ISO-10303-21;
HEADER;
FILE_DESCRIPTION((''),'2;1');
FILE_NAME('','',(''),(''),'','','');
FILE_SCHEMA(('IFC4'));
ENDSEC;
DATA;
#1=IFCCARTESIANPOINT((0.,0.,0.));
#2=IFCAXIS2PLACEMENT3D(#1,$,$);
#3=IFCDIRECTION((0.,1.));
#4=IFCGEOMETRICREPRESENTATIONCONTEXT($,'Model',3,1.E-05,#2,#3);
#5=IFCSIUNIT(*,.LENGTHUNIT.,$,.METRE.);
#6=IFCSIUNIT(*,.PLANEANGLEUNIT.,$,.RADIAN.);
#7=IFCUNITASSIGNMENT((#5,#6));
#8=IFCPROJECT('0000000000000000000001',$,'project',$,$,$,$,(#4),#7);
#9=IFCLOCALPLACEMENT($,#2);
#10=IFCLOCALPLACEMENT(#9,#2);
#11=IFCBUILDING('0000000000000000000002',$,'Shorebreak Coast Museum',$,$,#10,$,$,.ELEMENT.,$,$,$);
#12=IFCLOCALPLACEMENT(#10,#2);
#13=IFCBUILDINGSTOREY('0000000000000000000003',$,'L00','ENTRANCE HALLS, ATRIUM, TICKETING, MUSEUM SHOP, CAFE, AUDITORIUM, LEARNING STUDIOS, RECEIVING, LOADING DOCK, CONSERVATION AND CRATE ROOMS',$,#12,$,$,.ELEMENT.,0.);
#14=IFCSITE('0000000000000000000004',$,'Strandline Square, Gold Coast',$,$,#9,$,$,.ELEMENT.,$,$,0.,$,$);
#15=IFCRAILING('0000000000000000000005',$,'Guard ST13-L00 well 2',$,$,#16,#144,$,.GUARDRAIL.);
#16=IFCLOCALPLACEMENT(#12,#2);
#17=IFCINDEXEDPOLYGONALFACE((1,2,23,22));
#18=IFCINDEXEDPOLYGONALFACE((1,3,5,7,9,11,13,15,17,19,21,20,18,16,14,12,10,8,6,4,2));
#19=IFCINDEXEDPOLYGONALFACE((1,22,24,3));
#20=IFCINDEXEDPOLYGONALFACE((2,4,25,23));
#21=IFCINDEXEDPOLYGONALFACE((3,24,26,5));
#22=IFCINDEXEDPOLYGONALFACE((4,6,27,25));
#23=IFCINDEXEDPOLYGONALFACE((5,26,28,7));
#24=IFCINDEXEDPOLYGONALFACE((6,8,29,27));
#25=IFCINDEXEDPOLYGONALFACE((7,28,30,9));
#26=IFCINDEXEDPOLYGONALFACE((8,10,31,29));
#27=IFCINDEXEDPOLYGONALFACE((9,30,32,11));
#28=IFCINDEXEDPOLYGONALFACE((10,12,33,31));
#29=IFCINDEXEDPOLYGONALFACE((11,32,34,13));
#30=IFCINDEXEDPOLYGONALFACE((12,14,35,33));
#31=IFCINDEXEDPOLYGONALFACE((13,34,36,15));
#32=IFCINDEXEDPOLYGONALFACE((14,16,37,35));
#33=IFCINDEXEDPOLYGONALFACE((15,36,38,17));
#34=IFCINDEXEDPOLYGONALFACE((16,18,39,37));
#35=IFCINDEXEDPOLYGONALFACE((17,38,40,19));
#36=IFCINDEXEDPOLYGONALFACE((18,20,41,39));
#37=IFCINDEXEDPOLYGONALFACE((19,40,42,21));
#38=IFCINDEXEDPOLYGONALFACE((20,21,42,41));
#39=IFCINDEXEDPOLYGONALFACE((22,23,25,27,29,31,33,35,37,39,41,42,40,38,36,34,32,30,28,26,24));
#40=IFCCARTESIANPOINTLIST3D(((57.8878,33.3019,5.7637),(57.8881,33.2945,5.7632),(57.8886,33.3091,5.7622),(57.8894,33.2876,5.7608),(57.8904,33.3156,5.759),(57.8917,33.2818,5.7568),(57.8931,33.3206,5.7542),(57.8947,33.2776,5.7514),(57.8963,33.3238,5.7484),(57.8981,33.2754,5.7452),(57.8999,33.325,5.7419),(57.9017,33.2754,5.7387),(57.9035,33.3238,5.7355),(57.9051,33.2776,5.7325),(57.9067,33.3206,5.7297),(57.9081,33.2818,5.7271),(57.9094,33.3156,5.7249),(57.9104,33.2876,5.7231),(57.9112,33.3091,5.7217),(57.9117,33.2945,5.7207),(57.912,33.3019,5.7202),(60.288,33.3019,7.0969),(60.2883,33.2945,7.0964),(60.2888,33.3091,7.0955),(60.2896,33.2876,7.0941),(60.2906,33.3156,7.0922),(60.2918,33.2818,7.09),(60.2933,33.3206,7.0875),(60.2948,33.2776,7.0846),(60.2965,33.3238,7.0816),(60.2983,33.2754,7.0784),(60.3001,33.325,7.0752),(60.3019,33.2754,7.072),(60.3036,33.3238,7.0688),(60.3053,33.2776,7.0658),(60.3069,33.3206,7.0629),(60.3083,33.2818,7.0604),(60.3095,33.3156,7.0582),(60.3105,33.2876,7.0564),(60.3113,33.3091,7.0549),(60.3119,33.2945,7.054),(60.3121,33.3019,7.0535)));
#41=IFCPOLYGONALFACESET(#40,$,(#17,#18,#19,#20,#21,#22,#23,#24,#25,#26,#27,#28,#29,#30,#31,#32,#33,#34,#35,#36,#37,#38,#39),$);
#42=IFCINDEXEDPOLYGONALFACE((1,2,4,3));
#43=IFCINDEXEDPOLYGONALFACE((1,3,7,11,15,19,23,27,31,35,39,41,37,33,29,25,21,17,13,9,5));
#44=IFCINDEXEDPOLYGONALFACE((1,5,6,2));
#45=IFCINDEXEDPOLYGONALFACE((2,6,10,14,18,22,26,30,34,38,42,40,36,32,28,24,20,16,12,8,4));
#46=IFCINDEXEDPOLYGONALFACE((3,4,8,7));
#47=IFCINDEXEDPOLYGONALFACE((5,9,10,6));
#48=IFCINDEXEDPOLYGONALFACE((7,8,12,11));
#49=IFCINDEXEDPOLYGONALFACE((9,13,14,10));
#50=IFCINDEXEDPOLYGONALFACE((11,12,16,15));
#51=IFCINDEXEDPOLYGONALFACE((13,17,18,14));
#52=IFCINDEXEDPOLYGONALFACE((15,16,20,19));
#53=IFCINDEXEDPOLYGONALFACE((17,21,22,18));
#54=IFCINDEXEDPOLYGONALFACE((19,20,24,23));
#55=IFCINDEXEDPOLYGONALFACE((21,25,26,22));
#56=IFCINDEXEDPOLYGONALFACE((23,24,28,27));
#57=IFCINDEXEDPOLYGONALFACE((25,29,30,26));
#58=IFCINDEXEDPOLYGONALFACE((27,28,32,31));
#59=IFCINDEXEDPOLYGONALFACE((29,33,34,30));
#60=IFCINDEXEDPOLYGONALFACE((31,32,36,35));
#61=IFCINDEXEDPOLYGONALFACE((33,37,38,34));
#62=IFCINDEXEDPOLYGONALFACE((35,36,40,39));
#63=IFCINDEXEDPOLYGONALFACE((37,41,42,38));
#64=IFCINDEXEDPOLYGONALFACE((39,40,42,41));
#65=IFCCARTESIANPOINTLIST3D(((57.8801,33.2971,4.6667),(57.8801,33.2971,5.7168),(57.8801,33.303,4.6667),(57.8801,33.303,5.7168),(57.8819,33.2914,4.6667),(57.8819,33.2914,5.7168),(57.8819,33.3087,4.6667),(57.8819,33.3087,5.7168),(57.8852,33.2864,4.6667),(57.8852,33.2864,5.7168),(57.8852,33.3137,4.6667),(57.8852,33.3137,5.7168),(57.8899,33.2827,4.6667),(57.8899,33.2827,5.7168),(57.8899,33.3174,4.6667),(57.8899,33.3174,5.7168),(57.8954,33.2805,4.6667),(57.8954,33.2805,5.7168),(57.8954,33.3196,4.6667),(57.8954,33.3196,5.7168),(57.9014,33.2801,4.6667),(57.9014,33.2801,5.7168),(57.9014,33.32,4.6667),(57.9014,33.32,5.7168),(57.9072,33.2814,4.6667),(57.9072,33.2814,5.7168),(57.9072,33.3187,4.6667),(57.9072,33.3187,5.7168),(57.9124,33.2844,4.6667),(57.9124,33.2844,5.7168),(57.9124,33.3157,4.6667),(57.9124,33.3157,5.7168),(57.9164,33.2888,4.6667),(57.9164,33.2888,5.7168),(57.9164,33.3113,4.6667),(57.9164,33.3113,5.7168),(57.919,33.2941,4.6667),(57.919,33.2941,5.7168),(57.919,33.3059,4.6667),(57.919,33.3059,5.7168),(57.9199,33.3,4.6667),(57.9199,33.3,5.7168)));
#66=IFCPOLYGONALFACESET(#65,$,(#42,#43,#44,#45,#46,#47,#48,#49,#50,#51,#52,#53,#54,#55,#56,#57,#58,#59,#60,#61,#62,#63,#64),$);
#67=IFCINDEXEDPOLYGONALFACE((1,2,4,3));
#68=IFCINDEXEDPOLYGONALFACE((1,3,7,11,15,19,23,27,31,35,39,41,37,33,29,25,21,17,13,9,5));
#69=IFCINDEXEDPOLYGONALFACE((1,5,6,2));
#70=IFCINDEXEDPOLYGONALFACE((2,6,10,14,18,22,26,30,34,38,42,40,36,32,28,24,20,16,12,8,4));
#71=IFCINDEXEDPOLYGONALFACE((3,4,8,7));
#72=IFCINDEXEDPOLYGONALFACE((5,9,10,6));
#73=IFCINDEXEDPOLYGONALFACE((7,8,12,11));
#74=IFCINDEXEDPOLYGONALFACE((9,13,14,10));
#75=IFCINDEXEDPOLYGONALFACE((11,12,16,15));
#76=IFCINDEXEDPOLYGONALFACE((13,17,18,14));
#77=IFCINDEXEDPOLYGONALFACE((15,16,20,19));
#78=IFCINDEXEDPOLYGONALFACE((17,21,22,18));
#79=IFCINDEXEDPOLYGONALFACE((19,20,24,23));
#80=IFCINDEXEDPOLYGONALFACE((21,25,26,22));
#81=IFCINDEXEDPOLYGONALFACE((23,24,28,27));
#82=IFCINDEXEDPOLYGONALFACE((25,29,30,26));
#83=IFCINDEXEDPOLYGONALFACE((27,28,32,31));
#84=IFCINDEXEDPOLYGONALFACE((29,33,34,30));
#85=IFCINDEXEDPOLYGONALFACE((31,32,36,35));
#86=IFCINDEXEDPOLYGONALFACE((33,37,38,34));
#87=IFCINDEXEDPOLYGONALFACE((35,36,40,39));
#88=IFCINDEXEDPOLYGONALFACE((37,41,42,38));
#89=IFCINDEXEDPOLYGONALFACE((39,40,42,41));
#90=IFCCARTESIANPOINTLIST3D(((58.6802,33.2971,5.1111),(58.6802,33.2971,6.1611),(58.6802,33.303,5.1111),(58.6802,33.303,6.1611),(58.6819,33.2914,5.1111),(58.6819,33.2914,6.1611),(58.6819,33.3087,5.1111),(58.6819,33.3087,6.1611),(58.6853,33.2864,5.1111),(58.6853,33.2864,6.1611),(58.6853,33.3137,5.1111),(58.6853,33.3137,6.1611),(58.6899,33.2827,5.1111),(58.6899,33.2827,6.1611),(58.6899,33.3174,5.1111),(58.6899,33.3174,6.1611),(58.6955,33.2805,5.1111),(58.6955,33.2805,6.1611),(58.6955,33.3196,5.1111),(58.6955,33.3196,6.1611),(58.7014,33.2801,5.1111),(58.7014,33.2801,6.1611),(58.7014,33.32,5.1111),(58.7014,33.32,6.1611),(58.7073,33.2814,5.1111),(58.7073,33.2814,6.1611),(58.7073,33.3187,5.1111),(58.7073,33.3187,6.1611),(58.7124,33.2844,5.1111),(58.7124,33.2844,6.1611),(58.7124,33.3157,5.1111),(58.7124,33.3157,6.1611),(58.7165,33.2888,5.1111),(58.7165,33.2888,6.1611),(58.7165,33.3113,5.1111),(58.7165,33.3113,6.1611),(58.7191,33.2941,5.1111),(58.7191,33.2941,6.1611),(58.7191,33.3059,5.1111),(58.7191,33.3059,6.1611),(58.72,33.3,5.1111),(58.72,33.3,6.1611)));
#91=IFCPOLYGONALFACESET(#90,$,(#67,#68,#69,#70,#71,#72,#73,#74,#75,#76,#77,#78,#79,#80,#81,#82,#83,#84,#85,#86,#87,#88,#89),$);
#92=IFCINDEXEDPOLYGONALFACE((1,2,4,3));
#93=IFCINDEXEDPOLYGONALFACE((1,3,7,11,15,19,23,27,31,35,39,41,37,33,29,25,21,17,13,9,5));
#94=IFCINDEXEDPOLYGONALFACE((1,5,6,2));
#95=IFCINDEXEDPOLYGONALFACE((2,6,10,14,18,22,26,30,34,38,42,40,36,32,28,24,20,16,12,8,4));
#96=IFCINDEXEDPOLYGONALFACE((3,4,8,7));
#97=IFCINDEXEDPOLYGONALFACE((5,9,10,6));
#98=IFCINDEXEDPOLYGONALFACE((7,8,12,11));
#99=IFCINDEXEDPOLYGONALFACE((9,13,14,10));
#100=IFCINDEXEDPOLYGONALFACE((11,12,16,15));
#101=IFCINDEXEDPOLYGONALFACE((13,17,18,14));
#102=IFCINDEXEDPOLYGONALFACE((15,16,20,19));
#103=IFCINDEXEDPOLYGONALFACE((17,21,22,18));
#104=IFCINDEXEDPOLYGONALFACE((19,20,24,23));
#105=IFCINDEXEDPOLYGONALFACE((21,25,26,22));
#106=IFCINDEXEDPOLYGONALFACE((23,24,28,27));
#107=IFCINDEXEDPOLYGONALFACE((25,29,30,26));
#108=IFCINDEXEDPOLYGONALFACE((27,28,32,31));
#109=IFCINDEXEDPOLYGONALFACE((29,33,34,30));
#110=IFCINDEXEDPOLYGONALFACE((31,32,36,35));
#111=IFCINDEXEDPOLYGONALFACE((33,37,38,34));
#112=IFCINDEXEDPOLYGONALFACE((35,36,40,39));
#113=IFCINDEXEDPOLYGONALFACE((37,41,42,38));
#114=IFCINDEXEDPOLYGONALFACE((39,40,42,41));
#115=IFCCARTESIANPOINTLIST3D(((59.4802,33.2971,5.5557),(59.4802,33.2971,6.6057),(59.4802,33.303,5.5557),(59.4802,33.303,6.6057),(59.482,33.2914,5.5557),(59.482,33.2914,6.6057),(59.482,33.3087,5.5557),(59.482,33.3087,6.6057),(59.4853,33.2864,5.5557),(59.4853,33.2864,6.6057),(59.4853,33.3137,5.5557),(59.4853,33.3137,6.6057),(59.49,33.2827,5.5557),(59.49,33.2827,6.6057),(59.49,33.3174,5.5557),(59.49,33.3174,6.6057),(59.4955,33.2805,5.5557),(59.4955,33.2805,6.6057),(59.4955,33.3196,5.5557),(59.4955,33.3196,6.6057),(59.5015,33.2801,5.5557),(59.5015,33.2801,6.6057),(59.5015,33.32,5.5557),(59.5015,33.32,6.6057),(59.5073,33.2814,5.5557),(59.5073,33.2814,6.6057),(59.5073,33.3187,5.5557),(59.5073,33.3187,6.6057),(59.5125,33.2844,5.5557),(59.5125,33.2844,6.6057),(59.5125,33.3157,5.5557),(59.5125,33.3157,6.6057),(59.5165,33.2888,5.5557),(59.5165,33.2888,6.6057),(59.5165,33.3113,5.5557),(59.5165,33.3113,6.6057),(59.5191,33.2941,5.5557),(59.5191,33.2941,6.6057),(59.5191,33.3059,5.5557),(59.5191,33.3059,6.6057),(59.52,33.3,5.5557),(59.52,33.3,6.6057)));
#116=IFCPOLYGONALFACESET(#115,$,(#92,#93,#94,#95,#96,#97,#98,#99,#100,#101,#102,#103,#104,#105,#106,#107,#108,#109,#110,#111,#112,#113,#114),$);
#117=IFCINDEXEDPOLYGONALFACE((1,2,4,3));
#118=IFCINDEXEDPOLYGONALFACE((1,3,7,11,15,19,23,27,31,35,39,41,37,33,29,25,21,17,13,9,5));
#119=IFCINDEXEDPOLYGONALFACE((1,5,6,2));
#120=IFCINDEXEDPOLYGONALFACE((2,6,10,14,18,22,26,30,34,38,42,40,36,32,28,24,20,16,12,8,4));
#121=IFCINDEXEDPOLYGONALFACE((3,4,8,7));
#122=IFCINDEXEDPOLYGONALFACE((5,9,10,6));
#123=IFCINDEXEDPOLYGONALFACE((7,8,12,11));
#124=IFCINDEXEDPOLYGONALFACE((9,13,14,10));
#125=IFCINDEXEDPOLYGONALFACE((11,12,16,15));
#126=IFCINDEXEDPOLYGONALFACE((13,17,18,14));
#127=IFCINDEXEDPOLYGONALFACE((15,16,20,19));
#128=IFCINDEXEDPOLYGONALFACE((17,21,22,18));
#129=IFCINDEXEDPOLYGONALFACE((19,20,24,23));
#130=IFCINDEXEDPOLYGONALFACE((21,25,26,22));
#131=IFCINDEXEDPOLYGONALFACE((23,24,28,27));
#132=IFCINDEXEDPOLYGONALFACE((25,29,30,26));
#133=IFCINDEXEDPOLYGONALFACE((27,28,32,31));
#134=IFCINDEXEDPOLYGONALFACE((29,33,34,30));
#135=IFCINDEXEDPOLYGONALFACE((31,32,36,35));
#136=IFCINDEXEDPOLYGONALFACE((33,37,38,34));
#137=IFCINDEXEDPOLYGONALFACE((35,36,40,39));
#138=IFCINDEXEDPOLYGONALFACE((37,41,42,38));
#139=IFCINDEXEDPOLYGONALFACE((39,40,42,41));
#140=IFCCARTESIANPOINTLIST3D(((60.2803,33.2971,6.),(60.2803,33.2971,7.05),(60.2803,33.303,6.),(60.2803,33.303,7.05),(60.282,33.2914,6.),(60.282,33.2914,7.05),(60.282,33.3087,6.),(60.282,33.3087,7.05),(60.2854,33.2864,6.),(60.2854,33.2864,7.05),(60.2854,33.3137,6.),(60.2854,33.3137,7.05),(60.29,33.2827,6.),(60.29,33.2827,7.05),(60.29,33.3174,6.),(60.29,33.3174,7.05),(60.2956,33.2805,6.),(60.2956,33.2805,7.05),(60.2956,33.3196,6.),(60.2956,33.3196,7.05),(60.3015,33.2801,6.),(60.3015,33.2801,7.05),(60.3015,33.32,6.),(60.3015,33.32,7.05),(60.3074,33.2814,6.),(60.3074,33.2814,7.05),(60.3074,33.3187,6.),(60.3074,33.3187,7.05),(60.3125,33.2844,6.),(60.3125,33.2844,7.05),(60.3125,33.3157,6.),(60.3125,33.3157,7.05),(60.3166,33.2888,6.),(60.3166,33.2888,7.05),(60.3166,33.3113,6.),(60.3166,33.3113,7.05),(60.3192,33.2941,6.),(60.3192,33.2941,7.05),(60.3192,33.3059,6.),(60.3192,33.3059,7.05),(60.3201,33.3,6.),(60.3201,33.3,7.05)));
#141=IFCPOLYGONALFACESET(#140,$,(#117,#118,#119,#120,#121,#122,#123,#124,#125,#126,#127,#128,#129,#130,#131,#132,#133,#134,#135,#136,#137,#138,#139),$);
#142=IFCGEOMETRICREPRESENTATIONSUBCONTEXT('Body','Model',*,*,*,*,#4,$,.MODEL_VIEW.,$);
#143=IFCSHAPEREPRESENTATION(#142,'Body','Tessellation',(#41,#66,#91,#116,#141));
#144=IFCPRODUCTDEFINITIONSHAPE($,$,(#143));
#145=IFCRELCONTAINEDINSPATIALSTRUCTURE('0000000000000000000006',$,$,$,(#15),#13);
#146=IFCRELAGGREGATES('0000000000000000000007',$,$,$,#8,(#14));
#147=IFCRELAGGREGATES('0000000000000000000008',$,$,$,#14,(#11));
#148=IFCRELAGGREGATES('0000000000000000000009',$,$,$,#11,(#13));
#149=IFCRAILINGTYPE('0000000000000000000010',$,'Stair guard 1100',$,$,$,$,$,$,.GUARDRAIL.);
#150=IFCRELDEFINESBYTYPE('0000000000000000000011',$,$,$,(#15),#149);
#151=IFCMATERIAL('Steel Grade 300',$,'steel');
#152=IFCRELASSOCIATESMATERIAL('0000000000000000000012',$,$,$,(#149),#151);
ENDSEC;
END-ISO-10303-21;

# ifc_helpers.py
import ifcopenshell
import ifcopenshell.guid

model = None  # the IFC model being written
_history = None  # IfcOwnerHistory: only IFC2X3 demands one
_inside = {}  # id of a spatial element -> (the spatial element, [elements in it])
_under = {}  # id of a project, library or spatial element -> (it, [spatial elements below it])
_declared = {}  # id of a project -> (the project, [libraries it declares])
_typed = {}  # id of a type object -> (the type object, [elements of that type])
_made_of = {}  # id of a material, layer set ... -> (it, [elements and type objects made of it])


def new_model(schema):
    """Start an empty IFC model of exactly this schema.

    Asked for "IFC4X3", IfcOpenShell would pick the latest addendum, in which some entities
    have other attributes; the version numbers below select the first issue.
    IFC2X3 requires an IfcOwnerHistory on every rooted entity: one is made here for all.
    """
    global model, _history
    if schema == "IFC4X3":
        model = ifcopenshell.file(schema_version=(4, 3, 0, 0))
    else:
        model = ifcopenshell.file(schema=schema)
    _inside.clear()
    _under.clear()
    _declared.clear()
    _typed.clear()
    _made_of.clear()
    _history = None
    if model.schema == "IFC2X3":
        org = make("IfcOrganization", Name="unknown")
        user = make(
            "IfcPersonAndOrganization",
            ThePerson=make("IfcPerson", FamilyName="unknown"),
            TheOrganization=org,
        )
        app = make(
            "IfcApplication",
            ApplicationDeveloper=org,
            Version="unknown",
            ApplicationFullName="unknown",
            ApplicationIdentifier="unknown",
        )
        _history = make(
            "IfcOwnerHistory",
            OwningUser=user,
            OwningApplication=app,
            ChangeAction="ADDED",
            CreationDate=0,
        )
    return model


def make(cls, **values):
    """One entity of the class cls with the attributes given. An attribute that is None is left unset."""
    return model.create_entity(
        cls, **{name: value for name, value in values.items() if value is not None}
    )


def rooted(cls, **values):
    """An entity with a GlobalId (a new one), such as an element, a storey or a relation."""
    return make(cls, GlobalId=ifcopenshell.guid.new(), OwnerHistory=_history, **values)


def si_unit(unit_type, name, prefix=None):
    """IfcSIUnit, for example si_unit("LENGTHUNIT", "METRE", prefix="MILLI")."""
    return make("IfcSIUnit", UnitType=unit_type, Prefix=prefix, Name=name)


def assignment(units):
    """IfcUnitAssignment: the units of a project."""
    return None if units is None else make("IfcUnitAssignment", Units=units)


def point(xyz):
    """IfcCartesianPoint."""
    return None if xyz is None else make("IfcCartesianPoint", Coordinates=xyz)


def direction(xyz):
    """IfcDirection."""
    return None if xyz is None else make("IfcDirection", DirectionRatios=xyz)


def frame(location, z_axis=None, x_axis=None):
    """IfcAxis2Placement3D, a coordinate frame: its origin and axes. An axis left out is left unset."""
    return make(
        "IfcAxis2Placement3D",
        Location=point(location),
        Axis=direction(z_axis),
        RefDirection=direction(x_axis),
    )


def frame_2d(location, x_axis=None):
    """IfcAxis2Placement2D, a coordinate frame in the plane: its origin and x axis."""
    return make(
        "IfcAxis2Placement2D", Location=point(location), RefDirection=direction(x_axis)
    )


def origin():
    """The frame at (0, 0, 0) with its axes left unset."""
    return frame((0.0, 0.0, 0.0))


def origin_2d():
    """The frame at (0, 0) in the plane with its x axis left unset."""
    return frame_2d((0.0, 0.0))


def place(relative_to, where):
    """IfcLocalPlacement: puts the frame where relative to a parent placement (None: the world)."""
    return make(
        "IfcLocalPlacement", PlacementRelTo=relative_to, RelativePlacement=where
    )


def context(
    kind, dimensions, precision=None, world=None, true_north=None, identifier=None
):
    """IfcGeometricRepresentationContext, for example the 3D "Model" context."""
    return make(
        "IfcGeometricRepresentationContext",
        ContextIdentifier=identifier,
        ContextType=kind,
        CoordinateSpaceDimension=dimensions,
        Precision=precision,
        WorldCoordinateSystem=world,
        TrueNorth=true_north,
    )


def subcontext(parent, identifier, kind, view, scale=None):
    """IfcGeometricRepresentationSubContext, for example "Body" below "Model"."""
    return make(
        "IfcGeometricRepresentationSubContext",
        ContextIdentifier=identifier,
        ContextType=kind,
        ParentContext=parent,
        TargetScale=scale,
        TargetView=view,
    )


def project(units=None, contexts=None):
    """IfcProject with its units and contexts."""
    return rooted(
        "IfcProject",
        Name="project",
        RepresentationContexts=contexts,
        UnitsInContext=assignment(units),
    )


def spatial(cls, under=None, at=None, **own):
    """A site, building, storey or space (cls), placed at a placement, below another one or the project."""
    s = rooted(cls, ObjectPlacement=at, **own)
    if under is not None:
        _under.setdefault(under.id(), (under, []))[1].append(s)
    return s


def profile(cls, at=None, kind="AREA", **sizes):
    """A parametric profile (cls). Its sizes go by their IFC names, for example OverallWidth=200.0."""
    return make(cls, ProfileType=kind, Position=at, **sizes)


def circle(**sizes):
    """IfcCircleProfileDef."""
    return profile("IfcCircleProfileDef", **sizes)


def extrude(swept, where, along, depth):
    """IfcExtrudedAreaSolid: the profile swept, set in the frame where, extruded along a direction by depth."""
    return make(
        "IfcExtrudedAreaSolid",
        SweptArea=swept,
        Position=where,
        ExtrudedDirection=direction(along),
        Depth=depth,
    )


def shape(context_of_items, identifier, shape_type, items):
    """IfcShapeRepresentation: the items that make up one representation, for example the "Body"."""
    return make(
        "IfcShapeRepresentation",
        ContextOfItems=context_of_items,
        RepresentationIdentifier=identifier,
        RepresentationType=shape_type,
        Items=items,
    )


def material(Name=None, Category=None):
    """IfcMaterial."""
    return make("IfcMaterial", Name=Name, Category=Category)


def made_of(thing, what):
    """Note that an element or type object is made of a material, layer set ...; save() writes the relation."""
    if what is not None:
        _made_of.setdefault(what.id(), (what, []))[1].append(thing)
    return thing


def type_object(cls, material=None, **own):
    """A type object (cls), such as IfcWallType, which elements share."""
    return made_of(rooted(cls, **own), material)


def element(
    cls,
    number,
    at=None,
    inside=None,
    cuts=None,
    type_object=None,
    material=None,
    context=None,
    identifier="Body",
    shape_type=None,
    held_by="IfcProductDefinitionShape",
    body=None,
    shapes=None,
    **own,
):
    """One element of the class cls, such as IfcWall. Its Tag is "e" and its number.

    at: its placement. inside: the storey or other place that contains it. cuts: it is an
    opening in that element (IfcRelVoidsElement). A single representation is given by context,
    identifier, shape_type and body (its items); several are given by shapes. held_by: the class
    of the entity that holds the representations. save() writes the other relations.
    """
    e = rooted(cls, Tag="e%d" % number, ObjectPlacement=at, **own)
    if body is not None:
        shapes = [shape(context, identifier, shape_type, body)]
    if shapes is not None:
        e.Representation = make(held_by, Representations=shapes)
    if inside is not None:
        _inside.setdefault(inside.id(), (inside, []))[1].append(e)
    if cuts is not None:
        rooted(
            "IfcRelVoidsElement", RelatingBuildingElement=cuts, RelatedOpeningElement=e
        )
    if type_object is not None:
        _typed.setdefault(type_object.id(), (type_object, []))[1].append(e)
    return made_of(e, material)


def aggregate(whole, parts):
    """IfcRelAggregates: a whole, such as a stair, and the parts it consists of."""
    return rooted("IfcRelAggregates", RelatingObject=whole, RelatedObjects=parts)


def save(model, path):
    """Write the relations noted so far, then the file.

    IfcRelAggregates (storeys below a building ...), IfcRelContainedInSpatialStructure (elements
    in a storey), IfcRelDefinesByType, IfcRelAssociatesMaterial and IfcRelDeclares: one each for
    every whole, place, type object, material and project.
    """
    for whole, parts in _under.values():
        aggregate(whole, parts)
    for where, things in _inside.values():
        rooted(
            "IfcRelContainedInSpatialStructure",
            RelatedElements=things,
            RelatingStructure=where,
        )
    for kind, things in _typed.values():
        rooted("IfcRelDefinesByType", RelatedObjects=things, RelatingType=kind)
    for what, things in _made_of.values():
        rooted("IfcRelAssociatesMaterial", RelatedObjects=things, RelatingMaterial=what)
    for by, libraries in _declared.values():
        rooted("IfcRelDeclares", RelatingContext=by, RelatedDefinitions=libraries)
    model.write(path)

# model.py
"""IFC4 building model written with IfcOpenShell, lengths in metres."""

from ifc_helpers import new_model, si_unit, direction, frame, origin, origin_2d, place, context, subcontext, project, spatial, circle, extrude, material, type_object, element, save


model = new_model("IFC4")

# Units and contexts
model_context = context("Model", 3, precision=1e-05, world=origin(), true_north=direction((0.0, 1.0)))
body_context = subcontext(model_context, "Body", "Model", "MODEL_VIEW")
ifc_project = project(units=[si_unit("LENGTHUNIT", "METRE"), si_unit("PLANEANGLEUNIT", "RADIAN")], contexts=[model_context])

# Site, building, storey
site_placement = place(None, origin())
site = spatial("IfcSite", under=ifc_project, at=site_placement, Name="Strandline Square, Gold Coast", CompositionType="ELEMENT", RefElevation=0.0)
building_placement = place(site_placement, origin())
building = spatial("IfcBuilding", under=site, at=building_placement, Name="Shorebreak Coast Museum", CompositionType="ELEMENT")
storey_placement = place(building_placement, origin())
storey = spatial("IfcBuildingStorey", under=building, at=storey_placement, Name="L00", Description="ENTRANCE HALLS, ATRIUM, TICKETING, MUSEUM SHOP, CAFE, AUDITORIUM, LEARNING STUDIOS, RECEIVING, LOADING DOCK, CONSERVATION AND CRATE ROOMS", CompositionType="ELEMENT", Elevation=0.0)

# Railing
ifc_material_1 = material(Name="Steel Grade 300", Category="steel")
railing_type_1 = type_object("IfcRailingType", Name="Stair guard 1100", PredefinedType="GUARDRAIL", material=ifc_material_1)
railing_1_placement = place(storey_placement, frame((57.8999, 33.3, 4.6667)))
element("IfcRailing", 1, at=railing_1_placement, inside=storey, type_object=railing_type_1, Name="Guard ST13-L00 well 2", PredefinedType="GUARDRAIL", context=body_context, shape_type="SweptSolid", body=[
    extrude(circle(Radius=0.0249, at=origin_2d()), frame((0.0, 0.0, 1.0752), z_axis=(0.874182, 0.0, 0.485598), x_axis=(0.0, 1.0, 0.0)), (0.0, 0.0, 1.0), 2.7456),
    extrude(circle(Radius=0.02, at=origin_2d()), origin(), (0.0, 0.0, 1.0), 1.05),
    extrude(circle(Radius=0.02, at=origin_2d()), frame((0.8, 0.0, 0.4443)), (0.0, 0.0, 1.0), 1.05),
    extrude(circle(Radius=0.02, at=origin_2d()), frame((1.6001, 0.0, 0.8889)), (0.0, 0.0, 1.0), 1.05),
    extrude(circle(Radius=0.02, at=origin_2d()), frame((2.4001, 0.0, 1.3333)), (0.0, 0.0, 1.0), 1.05),
])

save(model, "model.ifc")
